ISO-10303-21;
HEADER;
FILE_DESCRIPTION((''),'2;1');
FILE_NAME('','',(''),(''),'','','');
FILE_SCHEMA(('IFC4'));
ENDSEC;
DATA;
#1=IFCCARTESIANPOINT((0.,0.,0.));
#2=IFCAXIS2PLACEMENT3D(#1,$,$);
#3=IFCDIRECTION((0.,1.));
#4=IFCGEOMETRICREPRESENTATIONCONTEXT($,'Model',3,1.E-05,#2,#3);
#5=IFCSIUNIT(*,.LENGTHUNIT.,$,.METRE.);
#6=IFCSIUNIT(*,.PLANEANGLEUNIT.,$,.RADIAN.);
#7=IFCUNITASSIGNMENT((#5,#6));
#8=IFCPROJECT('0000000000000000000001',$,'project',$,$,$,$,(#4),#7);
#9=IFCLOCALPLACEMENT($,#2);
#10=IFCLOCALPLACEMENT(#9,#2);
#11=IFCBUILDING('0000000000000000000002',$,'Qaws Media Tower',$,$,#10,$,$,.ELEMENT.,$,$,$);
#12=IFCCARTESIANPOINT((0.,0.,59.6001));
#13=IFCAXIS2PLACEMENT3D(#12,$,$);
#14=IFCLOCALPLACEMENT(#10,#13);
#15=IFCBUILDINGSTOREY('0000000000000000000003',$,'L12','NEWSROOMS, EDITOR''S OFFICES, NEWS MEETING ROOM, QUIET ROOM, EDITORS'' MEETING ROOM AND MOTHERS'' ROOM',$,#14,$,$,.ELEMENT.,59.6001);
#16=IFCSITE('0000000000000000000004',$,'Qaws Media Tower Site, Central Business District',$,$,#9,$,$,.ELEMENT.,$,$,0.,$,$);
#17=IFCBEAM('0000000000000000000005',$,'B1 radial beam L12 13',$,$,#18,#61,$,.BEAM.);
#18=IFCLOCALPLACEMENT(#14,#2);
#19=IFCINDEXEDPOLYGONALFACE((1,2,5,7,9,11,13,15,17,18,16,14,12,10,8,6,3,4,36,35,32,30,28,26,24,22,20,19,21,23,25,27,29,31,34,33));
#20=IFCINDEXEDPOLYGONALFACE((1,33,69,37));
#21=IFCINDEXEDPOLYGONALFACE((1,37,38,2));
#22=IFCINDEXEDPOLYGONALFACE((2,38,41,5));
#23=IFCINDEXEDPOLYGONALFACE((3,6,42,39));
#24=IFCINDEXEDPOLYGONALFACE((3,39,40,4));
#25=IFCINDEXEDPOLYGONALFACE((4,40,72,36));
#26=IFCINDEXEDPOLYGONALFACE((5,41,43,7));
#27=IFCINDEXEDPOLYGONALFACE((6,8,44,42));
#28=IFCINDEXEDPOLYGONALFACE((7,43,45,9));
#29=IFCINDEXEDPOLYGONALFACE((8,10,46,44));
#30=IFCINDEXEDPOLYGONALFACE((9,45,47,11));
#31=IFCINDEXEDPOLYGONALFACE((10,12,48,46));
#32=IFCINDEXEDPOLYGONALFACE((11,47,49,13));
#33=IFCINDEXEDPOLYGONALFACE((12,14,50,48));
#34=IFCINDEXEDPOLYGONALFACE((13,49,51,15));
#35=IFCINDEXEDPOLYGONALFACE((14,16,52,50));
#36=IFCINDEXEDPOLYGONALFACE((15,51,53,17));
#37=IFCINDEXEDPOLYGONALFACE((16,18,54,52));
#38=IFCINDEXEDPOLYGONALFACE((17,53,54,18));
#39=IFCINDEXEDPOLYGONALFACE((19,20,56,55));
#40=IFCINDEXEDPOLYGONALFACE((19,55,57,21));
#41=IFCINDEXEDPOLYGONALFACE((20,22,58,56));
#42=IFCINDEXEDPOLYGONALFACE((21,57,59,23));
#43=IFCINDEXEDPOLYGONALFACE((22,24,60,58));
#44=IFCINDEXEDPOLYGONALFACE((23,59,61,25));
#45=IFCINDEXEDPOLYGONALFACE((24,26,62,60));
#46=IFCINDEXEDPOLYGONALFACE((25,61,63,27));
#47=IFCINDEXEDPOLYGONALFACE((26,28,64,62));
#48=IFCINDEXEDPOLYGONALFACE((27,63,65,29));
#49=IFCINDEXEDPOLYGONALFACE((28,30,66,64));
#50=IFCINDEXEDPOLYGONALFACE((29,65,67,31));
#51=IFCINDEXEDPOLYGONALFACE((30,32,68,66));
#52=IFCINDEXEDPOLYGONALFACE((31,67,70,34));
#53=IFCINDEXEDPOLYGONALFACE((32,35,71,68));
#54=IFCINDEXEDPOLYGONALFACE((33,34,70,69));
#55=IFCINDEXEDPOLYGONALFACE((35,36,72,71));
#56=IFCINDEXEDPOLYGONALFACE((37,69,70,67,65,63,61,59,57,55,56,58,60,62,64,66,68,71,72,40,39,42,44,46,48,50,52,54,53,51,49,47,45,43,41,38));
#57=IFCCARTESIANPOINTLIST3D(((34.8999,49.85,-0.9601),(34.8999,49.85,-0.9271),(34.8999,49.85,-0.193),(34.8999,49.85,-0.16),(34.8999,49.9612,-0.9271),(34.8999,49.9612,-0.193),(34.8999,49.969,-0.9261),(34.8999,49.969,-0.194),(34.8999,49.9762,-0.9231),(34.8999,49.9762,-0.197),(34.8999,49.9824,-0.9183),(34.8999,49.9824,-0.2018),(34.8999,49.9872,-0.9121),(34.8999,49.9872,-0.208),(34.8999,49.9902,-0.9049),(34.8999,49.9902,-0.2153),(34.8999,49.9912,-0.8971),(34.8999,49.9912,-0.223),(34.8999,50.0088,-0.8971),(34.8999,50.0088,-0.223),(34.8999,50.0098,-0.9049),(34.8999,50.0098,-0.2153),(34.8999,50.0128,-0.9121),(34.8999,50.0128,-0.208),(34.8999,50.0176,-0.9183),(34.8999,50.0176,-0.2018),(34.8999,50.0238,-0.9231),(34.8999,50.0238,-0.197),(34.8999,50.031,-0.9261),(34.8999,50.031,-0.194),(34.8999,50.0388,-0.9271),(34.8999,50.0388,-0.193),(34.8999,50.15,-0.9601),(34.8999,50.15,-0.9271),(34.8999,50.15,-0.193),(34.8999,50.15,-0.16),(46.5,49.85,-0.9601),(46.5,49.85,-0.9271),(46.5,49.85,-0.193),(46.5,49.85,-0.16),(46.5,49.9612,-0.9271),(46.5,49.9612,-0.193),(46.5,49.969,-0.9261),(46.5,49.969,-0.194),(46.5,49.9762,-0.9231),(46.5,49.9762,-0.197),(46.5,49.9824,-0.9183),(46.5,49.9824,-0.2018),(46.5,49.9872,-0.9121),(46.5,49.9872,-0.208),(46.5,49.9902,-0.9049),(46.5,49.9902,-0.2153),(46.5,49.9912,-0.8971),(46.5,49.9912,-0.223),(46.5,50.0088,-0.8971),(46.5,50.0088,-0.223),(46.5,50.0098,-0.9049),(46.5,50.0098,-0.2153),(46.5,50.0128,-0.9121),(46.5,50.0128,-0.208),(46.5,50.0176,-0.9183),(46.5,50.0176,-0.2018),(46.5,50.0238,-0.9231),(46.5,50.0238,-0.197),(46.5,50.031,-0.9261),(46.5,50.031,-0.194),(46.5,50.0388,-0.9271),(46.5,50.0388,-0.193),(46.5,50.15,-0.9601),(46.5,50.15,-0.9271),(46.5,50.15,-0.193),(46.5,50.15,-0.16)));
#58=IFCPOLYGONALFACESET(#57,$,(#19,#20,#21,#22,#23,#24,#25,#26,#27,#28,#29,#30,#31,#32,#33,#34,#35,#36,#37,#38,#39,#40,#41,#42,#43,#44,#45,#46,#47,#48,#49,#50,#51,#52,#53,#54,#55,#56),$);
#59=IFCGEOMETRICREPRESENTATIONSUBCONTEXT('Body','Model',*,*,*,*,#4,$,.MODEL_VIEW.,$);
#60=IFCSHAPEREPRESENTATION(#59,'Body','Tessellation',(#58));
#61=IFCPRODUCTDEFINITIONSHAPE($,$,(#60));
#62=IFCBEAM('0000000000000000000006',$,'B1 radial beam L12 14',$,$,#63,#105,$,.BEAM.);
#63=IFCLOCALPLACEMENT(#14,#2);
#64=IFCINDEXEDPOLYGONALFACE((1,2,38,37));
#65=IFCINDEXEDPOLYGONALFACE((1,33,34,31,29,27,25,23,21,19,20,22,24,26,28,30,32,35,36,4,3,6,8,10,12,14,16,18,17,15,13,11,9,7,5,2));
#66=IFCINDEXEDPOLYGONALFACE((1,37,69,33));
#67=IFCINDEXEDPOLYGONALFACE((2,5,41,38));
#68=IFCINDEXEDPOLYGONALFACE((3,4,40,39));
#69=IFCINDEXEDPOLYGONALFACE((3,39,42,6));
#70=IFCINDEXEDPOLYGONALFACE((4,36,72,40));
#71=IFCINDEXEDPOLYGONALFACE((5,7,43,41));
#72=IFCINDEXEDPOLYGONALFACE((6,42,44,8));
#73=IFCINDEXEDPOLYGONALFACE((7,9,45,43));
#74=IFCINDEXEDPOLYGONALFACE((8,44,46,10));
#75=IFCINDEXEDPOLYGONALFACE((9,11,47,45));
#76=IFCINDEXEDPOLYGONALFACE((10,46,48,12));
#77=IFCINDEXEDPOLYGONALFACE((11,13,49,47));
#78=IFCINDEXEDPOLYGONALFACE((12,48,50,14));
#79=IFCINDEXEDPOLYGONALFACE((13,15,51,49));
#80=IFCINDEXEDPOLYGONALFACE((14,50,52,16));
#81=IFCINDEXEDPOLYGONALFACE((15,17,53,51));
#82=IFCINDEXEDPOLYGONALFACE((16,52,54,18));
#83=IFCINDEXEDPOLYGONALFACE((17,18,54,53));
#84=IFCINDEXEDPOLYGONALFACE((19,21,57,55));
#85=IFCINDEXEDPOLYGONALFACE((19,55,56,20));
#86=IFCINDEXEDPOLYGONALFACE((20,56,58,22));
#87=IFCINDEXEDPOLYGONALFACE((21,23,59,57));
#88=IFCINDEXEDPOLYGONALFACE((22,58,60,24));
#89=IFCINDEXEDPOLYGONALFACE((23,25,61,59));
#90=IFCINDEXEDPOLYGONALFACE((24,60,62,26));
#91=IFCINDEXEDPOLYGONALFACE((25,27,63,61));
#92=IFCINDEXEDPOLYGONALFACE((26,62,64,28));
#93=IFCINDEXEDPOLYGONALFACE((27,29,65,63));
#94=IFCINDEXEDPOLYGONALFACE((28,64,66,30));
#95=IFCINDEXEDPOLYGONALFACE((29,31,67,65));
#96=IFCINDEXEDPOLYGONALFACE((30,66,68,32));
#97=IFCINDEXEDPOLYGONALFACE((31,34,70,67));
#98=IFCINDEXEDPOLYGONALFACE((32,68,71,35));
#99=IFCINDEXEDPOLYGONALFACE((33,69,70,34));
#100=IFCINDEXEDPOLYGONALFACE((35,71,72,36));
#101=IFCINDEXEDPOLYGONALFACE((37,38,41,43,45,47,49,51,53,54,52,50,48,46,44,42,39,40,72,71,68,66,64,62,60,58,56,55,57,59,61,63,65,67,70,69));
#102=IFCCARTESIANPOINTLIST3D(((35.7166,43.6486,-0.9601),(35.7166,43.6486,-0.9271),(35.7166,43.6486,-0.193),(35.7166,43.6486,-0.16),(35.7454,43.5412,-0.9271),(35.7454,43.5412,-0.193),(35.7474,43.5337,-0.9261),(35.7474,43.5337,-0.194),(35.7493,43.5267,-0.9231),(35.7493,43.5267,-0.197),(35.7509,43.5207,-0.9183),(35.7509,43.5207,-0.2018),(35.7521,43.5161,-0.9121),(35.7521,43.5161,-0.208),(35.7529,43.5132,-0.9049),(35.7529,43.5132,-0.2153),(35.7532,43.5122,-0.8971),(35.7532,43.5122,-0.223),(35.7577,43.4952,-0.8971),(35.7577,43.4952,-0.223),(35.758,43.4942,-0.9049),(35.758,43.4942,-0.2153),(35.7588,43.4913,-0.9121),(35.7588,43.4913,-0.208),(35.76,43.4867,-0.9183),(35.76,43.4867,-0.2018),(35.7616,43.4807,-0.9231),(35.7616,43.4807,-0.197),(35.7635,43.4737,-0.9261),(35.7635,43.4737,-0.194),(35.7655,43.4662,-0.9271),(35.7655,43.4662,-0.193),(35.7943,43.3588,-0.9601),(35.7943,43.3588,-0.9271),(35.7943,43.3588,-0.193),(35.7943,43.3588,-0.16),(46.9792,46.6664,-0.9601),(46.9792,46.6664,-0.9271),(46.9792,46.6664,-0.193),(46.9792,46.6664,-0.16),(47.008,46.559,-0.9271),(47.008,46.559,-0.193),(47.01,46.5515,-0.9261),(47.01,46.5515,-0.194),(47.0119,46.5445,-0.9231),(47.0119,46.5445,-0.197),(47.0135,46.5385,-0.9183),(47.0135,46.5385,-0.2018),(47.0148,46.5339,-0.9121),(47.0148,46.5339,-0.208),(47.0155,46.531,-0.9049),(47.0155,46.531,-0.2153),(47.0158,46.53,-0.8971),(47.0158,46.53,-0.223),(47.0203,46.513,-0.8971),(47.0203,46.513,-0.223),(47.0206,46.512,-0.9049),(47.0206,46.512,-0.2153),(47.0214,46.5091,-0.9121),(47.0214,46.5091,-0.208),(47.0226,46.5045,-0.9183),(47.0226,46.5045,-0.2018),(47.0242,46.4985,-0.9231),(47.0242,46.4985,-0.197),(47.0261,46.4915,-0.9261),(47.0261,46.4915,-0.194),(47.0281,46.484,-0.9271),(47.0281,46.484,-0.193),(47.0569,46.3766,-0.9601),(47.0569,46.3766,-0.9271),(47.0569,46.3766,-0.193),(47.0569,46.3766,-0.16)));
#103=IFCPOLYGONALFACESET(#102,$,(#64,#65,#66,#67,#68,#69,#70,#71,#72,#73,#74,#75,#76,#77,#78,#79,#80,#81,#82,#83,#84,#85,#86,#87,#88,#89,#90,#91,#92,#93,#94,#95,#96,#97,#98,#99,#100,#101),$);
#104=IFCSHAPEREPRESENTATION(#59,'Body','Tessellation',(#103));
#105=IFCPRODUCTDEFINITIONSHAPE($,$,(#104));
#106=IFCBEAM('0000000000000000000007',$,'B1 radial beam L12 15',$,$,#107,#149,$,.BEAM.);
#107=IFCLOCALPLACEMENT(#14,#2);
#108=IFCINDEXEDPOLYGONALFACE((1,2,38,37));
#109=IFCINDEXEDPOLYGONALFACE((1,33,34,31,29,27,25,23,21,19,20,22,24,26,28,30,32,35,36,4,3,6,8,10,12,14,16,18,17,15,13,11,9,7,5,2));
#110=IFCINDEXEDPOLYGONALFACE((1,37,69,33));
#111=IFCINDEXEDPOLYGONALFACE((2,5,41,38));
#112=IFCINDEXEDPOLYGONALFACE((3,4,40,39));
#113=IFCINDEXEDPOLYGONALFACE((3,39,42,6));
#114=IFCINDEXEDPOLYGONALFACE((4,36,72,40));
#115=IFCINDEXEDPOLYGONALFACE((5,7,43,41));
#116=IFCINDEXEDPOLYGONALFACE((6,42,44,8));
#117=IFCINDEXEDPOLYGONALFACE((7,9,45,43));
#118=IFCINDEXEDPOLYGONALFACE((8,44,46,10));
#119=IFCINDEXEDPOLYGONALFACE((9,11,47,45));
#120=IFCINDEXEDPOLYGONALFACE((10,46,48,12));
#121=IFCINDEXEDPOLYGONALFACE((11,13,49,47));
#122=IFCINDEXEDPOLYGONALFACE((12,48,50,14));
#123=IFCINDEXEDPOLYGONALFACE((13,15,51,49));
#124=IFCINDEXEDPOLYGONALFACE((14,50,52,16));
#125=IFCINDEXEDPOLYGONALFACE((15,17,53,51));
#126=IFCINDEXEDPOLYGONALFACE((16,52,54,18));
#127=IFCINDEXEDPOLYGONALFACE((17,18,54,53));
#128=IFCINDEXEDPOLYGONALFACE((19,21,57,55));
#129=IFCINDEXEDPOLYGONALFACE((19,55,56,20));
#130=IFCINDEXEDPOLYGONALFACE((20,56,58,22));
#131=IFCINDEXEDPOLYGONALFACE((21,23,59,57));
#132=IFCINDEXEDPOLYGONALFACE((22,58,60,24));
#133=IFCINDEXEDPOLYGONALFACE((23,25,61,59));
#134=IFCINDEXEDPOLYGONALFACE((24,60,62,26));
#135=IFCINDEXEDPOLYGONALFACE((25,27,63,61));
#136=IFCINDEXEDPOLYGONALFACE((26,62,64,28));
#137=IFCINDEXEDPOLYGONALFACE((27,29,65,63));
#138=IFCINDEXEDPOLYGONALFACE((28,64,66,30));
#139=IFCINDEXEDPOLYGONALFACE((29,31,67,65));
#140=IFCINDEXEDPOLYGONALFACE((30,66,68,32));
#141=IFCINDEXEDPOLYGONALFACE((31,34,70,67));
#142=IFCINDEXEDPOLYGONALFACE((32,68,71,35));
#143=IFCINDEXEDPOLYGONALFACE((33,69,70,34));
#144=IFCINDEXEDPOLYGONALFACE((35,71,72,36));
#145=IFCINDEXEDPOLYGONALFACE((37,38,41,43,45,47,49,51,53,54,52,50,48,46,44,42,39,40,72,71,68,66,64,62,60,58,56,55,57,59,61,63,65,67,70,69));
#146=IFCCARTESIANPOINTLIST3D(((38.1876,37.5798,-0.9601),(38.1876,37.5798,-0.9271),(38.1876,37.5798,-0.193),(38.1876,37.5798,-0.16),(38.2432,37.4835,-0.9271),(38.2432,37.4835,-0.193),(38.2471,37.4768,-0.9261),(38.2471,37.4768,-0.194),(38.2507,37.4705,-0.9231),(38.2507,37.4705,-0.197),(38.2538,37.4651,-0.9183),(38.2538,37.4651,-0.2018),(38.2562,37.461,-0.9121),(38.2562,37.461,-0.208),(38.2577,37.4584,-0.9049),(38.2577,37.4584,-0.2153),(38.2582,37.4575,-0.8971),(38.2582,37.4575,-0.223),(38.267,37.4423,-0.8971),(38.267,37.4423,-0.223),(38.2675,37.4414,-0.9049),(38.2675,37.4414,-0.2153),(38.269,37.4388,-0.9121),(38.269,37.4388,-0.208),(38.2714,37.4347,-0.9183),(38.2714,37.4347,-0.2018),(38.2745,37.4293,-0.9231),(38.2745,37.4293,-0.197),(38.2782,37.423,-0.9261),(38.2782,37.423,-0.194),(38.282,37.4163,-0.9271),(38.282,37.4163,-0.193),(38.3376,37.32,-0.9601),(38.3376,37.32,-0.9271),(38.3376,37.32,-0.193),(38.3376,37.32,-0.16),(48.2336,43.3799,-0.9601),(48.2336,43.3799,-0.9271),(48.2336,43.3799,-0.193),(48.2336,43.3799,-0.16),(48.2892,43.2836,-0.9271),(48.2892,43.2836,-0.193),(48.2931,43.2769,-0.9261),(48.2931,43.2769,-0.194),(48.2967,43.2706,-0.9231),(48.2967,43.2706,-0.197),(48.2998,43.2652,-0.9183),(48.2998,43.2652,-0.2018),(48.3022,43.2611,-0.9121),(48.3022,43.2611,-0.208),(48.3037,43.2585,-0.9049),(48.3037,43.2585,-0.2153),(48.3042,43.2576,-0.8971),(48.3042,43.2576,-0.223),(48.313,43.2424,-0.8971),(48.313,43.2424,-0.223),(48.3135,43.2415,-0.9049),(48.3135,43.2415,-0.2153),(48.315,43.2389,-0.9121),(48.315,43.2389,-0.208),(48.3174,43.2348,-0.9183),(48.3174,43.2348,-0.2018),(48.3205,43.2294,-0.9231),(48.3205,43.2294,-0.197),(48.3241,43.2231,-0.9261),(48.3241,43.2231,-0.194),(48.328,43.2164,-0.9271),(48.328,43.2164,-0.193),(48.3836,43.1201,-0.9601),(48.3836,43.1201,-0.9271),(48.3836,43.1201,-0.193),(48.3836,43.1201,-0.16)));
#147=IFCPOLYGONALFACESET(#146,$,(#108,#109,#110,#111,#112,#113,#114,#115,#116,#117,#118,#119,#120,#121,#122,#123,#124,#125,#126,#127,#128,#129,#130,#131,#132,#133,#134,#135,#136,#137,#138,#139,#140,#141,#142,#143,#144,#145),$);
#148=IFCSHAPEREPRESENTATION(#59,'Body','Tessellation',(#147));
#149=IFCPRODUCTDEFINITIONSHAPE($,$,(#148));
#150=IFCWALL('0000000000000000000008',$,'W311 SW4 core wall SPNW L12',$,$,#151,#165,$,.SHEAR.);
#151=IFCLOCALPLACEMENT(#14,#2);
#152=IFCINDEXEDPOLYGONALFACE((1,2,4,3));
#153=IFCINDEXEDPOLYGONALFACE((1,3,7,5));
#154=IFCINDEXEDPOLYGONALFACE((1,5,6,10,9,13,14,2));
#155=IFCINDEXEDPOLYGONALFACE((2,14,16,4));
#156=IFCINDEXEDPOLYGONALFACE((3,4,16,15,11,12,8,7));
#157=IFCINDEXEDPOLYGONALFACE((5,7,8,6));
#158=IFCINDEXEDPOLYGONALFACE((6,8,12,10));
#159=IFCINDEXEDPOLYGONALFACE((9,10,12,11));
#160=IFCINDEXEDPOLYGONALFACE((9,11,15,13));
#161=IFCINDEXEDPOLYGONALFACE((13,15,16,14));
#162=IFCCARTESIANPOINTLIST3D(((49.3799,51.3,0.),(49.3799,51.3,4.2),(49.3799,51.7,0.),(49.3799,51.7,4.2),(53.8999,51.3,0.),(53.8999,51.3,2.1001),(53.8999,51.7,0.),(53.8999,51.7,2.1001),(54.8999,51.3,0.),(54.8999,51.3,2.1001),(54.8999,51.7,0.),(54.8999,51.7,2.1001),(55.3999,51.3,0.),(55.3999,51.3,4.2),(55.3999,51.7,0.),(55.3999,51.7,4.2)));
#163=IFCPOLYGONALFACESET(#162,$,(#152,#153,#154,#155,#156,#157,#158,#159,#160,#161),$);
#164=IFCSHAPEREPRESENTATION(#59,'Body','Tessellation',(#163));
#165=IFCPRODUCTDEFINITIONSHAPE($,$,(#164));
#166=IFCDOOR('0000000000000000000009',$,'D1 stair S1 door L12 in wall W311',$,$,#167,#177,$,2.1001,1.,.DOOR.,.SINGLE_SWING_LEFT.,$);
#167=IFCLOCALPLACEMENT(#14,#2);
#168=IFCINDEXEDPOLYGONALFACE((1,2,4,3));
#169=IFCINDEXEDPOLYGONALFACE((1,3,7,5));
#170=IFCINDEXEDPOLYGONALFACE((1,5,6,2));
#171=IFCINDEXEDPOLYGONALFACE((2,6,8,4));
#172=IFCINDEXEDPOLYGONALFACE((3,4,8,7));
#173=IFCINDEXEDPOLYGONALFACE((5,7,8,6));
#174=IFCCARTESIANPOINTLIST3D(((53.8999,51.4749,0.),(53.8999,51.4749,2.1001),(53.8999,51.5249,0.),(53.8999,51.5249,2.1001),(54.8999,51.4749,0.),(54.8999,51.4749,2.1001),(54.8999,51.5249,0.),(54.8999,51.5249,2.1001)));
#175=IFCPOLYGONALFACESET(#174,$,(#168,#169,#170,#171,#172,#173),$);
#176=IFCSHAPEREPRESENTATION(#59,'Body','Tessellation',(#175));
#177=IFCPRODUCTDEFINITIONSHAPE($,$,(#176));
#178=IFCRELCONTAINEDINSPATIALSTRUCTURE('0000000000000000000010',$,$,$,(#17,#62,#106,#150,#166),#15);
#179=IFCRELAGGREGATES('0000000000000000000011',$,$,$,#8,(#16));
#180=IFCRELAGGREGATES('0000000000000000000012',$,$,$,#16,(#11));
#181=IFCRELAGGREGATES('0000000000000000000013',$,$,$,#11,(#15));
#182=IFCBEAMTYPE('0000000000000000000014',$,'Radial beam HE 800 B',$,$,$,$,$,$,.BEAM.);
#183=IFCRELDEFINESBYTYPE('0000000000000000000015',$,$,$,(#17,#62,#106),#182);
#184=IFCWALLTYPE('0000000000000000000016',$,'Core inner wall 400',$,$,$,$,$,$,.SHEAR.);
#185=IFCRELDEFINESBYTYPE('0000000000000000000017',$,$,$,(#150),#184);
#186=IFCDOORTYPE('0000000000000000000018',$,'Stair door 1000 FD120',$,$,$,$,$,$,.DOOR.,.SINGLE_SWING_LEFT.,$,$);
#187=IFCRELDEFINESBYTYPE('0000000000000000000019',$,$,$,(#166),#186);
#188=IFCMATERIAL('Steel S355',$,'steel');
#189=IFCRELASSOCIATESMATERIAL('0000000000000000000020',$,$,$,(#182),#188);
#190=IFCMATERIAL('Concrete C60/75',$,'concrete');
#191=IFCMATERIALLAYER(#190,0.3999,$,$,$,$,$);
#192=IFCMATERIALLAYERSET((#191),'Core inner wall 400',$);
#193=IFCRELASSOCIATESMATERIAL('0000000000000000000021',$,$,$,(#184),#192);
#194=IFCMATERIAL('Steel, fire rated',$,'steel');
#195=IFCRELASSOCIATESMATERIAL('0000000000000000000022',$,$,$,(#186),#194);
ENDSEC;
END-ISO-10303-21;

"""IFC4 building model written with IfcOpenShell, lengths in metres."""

from ifc_helpers import new_model, si_unit, direction, frame, frame_2d, origin, origin_2d, place, context, subcontext, project, spatial, rectangle, i_section, extrude, material, layer, layer_set, material_profile, profile_set, type_object, element, fill, save


model = new_model("IFC4")

# Units and contexts
model_context = context("Model", 3, precision=1e-05, world=origin(), true_north=direction((0.0, 1.0)))
body_context = subcontext(model_context, "Body", "Model", "MODEL_VIEW")
ifc_project = project(units=[si_unit("LENGTHUNIT", "METRE"), si_unit("PLANEANGLEUNIT", "RADIAN")], contexts=[model_context])

# Site, building, storey
site_placement = place(None, origin())
site = spatial("IfcSite", under=ifc_project, at=site_placement, Name="Qaws Media Tower Site, Central Business District", CompositionType="ELEMENT", RefElevation=0.0)
building_placement = place(site_placement, origin())
building = spatial("IfcBuilding", under=site, at=building_placement, Name="Qaws Media Tower", CompositionType="ELEMENT")
storey_placement = place(building_placement, frame((0.0, 0.0, 59.6001)))
storey = spatial("IfcBuildingStorey", under=building, at=storey_placement, Name="L12", Description="NEWSROOMS, EDITOR'S OFFICES, NEWS MEETING ROOM, QUIET ROOM, EDITORS' MEETING ROOM AND MOTHERS' ROOM", CompositionType="ELEMENT", Elevation=59.6001)

# Beams
ifc_material_1 = material(Name="Steel S355", Category="steel")
ifc_material_profile_1 = material_profile(ifc_material_1, i_section(OverallWidth=0.3, OverallDepth=0.8, WebThickness=0.0176, FlangeThickness=0.033, FilletRadius=0.03, at=origin_2d()), Name="HE 800 B")
ifc_profile_set_1 = profile_set([ifc_material_profile_1], Name="Steel S355")
beam_type_1 = type_object("IfcBeamType", Name="Radial beam HE 800 B", PredefinedType="BEAM", material=ifc_profile_set_1)
beam_1_placement = place(storey_placement, frame((46.5, 50.0, -0.5601), z_axis=(-1.0, 0.0, 0.0), x_axis=(0.0, -1.0, 0.0)))
element("IfcBeam", 1, at=beam_1_placement, inside=storey, type_object=beam_type_1, Name="B1 radial beam L12 13", PredefinedType="BEAM", context=body_context, shape_type="SweptSolid", body=[
    extrude(i_section(OverallWidth=0.3, OverallDepth=0.8, WebThickness=0.0176, FlangeThickness=0.033, FilletRadius=0.03, at=origin_2d()), origin(), (0.0, 0.0, 1.0), 11.6001),
])
beam_2_placement = place(storey_placement, frame((47.0181, 46.5215, -0.5601), z_axis=(-0.965926, -0.258818, 0.0), x_axis=(0.258818, -0.965926, 0.0)))
element("IfcBeam", 2, at=beam_2_placement, inside=storey, type_object=beam_type_1, Name="B1 radial beam L12 14", PredefinedType="BEAM", context=body_context, shape_type="SweptSolid", body=[
    extrude(i_section(OverallWidth=0.3, OverallDepth=0.8, WebThickness=0.0176, FlangeThickness=0.033, FilletRadius=0.03, at=origin_2d()), origin(), (0.0, 0.0, 1.0), 11.6599),
])
beam_3_placement = place(storey_placement, frame((48.3086, 43.25, -0.5601), z_axis=(-0.866024, -0.500003, 0.0), x_axis=(0.500003, -0.866024, 0.0)))
element("IfcBeam", 3, at=beam_3_placement, inside=storey, type_object=beam_type_1, Name="B1 radial beam L12 15", PredefinedType="BEAM", context=body_context, shape_type="SweptSolid", body=[
    extrude(i_section(OverallWidth=0.3, OverallDepth=0.8, WebThickness=0.0176, FlangeThickness=0.033, FilletRadius=0.03, at=origin_2d()), origin(), (0.0, 0.0, 1.0), 11.6001),
])

# Wall, opening, door
ifc_material_2 = material(Name="Concrete C60/75", Category="concrete")
ifc_layer_1 = layer(ifc_material_2, 0.3999)
ifc_layer_set_1 = layer_set([ifc_layer_1], Name="Core inner wall 400")
wall_type_1 = type_object("IfcWallType", Name="Core inner wall 400", PredefinedType="SHEAR", material=ifc_layer_set_1)
wall_1_placement = place(storey_placement, frame((49.3799, 51.5, 0.0), z_axis=(0.0, 0.0, 1.0), x_axis=(1.0, 0.0, 0.0)))
wall_1 = element("IfcWall", 4, at=wall_1_placement, inside=storey, type_object=wall_type_1, Name="W311 SW4 core wall SPNW L12", PredefinedType="SHEAR", context=body_context, shape_type="SweptSolid", body=[
    extrude(rectangle(XDim=6.02, YDim=0.3999, at=frame_2d((3.01, 0.0))), origin(), (0.0, 0.0, 1.0), 4.2),
])
opening_1_placement = place(wall_1_placement, frame((4.52, 0.0, 0.0)))
opening_1 = element("IfcOpeningElement", 5, at=opening_1_placement, cuts=wall_1, PredefinedType="OPENING", context=body_context, shape_type="SweptSolid", body=[
    extrude(rectangle(XDim=1.0, YDim=2.1001, at=frame_2d((0.5, 1.05))), frame((0.0, 0.21, 0.0), z_axis=(0.0, -1.0, 0.0), x_axis=(1.0, 0.0, 0.0)), (0.0, 0.0, 1.0), 0.4199),
])
ifc_material_3 = material(Name="Steel, fire rated", Category="steel")
door_type_1 = type_object("IfcDoorType", Name="Stair door 1000 FD120", OperationType="SINGLE_SWING_LEFT", PredefinedType="DOOR", material=ifc_material_3)
door_1_placement = place(opening_1_placement, origin())
door_1 = element("IfcDoor", 6, at=door_1_placement, inside=storey, type_object=door_type_1, Name="D1 stair S1 door L12 in wall W311", OperationType="SINGLE_SWING_LEFT", OverallHeight=2.1001, OverallWidth=1.0, PredefinedType="DOOR", context=body_context, shape_type="SweptSolid", body=[
    extrude(rectangle(XDim=1.0, YDim=2.1001, at=frame_2d((0.5, 1.05))), frame((0.0, 0.0249, 0.0), z_axis=(0.0, -1.0, 0.0), x_axis=(1.0, 0.0, 0.0)), (0.0, 0.0, 1.0), 0.05),
])
fill(opening_1, door_1)

save(model, "model.ifc")
